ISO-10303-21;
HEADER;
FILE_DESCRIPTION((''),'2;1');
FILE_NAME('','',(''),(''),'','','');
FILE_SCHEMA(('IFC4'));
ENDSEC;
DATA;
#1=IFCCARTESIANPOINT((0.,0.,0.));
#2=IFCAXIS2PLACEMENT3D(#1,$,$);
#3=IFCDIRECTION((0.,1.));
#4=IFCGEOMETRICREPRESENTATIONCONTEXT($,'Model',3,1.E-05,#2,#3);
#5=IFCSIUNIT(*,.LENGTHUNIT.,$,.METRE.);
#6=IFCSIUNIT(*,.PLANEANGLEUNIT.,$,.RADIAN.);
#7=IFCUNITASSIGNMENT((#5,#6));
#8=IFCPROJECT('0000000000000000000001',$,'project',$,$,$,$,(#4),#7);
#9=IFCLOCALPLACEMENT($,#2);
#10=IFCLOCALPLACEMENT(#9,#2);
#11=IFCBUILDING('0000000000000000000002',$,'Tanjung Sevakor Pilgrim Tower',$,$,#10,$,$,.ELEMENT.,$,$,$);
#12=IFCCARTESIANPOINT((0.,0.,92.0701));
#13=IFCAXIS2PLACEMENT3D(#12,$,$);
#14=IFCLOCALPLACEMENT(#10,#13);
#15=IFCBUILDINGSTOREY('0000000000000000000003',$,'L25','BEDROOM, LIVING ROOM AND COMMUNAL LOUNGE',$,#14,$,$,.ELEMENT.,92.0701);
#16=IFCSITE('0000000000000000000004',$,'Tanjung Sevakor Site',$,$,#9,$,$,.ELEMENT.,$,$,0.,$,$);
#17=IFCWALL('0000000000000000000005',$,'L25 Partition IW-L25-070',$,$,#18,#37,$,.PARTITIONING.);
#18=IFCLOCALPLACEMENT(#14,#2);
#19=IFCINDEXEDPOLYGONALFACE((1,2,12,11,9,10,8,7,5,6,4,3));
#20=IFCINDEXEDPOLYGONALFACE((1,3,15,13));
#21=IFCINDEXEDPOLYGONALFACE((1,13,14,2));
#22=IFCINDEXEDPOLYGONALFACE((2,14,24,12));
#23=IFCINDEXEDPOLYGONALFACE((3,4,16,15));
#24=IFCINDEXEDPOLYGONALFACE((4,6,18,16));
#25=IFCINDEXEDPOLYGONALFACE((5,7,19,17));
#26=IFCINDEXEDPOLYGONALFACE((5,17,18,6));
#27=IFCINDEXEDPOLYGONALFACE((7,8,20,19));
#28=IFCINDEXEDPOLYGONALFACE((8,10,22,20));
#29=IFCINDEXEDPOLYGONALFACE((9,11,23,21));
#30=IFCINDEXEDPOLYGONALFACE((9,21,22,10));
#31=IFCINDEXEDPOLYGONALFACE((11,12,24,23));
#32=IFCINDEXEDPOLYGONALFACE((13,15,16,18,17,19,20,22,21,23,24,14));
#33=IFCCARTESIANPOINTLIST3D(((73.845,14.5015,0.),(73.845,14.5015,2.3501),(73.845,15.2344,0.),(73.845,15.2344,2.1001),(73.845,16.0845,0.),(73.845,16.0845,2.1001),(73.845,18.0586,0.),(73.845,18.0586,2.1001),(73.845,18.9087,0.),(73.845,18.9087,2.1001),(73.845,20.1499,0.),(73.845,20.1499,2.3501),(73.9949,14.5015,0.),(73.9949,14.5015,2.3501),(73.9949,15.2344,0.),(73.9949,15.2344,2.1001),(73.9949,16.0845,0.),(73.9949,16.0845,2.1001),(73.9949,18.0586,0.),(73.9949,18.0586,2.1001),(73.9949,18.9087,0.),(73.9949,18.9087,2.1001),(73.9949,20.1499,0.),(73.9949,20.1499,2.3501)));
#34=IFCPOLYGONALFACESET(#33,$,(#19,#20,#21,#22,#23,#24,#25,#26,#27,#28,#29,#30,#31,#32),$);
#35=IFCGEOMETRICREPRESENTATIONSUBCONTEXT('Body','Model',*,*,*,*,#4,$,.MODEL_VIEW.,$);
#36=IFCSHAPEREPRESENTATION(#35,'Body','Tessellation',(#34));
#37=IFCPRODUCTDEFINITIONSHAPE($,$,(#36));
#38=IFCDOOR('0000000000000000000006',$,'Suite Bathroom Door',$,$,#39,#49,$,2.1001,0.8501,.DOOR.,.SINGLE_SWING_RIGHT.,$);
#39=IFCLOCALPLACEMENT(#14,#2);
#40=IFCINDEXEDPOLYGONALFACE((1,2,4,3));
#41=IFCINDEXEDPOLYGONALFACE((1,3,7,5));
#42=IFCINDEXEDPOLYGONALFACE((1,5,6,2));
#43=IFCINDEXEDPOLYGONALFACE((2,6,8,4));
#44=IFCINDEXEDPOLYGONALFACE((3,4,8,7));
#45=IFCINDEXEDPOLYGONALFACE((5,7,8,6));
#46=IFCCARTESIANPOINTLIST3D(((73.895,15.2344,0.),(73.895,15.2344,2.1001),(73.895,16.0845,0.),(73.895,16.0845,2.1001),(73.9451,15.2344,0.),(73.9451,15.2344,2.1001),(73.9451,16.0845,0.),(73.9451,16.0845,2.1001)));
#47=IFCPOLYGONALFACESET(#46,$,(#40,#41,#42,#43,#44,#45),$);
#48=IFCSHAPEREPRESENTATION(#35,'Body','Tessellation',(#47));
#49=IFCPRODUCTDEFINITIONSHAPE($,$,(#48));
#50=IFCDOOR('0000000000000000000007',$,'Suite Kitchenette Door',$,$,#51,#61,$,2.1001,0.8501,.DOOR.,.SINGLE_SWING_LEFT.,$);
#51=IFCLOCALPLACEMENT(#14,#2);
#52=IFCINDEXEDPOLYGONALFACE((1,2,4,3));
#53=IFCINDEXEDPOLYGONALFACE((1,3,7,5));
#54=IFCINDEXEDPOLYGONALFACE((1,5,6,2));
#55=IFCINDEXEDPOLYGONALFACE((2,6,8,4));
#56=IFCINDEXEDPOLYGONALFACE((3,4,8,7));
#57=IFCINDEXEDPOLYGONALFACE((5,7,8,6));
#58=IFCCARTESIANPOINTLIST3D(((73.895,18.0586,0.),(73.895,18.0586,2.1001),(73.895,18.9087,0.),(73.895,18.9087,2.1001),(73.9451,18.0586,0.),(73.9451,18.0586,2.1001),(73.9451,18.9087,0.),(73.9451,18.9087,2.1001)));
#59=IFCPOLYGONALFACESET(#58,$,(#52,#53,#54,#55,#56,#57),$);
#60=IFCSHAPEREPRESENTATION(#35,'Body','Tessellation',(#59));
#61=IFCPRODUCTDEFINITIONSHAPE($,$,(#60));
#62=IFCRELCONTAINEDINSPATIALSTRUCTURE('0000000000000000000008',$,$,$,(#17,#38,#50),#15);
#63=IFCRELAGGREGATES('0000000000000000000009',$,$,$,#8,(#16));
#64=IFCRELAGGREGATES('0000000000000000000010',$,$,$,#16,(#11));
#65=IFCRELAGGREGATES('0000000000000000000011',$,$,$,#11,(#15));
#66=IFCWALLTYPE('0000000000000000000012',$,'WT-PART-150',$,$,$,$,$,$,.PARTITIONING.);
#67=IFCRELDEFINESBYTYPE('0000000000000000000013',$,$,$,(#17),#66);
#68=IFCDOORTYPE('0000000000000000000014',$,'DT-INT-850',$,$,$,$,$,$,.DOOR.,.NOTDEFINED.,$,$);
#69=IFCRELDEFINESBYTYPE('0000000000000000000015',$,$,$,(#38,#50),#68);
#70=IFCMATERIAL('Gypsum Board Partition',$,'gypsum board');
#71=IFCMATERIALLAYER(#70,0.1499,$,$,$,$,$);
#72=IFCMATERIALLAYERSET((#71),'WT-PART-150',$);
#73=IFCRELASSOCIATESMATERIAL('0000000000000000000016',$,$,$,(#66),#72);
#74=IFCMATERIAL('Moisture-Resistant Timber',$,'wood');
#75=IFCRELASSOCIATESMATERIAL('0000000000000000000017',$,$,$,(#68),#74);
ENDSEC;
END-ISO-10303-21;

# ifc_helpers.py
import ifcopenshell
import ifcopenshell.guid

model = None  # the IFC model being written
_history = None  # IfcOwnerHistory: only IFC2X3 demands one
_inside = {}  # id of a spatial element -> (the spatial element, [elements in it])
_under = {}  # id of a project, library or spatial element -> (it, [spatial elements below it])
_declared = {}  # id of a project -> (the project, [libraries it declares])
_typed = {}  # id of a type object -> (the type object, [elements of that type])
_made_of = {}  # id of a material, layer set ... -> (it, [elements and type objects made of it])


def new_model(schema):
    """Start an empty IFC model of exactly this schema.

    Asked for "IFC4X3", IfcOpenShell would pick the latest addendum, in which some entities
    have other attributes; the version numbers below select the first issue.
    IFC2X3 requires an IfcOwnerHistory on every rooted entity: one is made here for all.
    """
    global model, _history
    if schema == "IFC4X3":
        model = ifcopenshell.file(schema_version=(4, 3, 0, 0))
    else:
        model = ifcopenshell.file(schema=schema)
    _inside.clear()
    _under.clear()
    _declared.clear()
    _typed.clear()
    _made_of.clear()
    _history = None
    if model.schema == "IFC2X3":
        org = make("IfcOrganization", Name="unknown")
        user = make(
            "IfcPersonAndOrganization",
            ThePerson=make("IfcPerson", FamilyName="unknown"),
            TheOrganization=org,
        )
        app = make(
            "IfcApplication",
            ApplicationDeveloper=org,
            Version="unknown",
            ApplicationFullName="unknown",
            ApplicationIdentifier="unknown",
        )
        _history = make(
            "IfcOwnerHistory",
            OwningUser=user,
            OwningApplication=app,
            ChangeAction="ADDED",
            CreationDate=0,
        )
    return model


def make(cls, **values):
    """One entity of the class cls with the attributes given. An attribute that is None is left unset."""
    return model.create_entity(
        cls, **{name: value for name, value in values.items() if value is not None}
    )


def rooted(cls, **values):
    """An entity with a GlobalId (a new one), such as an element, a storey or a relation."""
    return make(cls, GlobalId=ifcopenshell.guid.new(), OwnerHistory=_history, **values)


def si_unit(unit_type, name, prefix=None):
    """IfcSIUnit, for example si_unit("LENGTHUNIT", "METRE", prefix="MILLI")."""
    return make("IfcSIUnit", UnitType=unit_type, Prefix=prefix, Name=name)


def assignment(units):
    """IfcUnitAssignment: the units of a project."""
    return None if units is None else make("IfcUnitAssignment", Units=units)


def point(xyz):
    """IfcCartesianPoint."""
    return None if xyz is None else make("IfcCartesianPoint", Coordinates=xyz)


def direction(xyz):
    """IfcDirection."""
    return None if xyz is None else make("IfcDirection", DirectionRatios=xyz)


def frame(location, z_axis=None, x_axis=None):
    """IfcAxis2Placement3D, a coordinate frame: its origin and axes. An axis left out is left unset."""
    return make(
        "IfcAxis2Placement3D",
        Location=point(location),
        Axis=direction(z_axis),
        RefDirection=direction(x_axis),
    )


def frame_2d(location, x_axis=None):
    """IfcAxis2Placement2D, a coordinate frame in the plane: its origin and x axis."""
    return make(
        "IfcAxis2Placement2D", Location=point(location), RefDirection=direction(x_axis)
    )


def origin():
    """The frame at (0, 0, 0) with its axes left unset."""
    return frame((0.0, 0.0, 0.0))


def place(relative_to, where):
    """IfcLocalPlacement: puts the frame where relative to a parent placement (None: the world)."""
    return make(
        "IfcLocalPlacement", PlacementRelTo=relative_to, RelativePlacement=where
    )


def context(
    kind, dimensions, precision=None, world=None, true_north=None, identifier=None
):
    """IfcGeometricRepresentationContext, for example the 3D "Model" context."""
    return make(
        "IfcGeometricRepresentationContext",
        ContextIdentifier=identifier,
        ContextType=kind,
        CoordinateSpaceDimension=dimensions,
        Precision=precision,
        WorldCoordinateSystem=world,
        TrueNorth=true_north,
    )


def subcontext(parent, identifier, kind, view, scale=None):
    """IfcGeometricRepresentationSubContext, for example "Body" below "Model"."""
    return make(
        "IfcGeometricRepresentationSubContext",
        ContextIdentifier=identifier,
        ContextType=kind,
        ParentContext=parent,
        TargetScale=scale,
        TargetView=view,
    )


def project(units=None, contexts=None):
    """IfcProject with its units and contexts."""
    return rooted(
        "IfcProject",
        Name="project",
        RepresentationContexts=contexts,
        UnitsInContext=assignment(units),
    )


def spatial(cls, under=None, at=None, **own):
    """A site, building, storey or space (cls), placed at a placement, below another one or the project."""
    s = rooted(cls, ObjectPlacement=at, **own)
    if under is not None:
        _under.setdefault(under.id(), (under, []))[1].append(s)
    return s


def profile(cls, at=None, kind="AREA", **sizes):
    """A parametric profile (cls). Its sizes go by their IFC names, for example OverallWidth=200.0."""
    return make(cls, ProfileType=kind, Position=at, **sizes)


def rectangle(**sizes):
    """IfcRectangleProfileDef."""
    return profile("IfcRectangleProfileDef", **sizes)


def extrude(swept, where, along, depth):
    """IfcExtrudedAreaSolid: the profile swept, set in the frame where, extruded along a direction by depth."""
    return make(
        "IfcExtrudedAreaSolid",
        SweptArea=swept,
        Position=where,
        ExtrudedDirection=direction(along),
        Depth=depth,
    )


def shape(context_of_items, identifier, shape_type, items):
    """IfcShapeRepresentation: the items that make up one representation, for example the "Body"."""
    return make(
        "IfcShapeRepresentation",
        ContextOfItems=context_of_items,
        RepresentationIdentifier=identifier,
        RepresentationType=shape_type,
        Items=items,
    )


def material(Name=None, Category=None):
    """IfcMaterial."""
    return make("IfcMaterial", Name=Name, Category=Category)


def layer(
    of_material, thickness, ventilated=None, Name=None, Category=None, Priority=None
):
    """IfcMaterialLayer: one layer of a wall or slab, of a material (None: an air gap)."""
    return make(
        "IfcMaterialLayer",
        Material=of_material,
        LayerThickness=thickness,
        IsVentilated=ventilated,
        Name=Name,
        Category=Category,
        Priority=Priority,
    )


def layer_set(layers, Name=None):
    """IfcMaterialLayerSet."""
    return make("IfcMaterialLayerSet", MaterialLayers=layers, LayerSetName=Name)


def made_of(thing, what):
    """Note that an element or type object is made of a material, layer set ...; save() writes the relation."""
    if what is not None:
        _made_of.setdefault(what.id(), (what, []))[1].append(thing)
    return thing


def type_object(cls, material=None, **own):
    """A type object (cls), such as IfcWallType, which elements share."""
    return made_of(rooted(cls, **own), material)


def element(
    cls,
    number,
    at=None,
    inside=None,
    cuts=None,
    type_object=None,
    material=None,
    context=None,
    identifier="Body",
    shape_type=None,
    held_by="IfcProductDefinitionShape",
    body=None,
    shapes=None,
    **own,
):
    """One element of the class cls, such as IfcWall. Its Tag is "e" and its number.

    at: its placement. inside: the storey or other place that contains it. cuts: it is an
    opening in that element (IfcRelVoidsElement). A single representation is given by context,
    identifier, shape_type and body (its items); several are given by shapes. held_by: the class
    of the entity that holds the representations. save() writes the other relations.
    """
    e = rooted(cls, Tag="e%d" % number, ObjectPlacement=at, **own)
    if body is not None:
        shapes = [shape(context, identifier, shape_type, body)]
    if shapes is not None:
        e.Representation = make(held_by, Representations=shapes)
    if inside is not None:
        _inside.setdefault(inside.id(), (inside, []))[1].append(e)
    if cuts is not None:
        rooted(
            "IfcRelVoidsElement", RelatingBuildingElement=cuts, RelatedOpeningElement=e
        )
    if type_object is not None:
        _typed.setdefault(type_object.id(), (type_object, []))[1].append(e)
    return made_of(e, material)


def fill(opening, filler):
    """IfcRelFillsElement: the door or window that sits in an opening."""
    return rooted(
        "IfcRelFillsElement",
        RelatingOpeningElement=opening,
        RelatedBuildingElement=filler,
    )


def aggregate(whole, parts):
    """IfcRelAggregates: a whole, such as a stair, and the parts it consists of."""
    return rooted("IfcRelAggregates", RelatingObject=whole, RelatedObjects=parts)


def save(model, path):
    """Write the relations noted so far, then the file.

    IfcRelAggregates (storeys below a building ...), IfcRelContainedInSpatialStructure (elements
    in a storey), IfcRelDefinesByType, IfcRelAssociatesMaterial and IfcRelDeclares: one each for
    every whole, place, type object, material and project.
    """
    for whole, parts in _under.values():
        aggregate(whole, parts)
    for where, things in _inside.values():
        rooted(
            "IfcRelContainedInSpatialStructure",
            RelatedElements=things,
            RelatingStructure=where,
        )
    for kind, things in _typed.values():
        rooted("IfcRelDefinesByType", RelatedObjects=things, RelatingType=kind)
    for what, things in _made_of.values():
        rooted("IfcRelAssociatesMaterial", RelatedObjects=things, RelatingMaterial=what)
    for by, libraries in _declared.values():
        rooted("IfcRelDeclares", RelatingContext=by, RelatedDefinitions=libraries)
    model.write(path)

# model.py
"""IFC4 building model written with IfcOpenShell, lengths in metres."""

from ifc_helpers import new_model, si_unit, direction, frame, frame_2d, origin, place, context, subcontext, project, spatial, rectangle, extrude, material, layer, layer_set, type_object, element, fill, save


model = new_model("IFC4")

# Units and contexts
model_context = context("Model", 3, precision=1e-05, world=origin(), true_north=direction((0.0, 1.0)))
body_context = subcontext(model_context, "Body", "Model", "MODEL_VIEW")
ifc_project = project(units=[si_unit("LENGTHUNIT", "METRE"), si_unit("PLANEANGLEUNIT", "RADIAN")], contexts=[model_context])

# Site, building, storey
site_placement = place(None, origin())
site = spatial("IfcSite", under=ifc_project, at=site_placement, Name="Tanjung Sevakor Site", CompositionType="ELEMENT", RefElevation=0.0)
building_placement = place(site_placement, origin())
building = spatial("IfcBuilding", under=site, at=building_placement, Name="Tanjung Sevakor Pilgrim Tower", CompositionType="ELEMENT")
storey_placement = place(building_placement, frame((0.0, 0.0, 92.0701)))
storey = spatial("IfcBuildingStorey", under=building, at=storey_placement, Name="L25", Description="BEDROOM, LIVING ROOM AND COMMUNAL LOUNGE", CompositionType="ELEMENT", Elevation=92.0701)

# Shared definitions
ifc_material_1 = material(Name="Gypsum Board Partition", Category="gypsum board")
ifc_layer_1 = layer(ifc_material_1, 0.1499)
ifc_layer_set_1 = layer_set([ifc_layer_1], Name="WT-PART-150")
wall_type_1 = type_object("IfcWallType", Name="WT-PART-150", PredefinedType="PARTITIONING", material=ifc_layer_set_1)

# Wall, openings, doors
wall_1_placement = place(storey_placement, frame((73.9199, 14.5015, 0.0), z_axis=(0.0, 0.0, 1.0), x_axis=(0.0, 1.0, 0.0)))
wall_1 = element("IfcWall", 1, at=wall_1_placement, inside=storey, type_object=wall_type_1, Name="L25 Partition IW-L25-070", PredefinedType="PARTITIONING", context=body_context, shape_type="SweptSolid", body=[
    extrude(rectangle(XDim=5.6484, YDim=0.1499, at=frame_2d((2.8242, 0.0))), origin(), (0.0, 0.0, 1.0), 2.3501),
])
opening_1_placement = place(wall_1_placement, frame((0.7329, 0.0, 0.0)))
opening_1 = element("IfcOpeningElement", 2, at=opening_1_placement, cuts=wall_1, PredefinedType="OPENING", context=body_context, shape_type="SweptSolid", body=[
    extrude(rectangle(XDim=0.8501, YDim=2.1001, at=frame_2d((0.425, 1.05))), frame((0.0, 0.085, 0.0), z_axis=(0.0, -1.0, 0.0), x_axis=(1.0, 0.0, 0.0)), (0.0, 0.0, 1.0), 0.1699),
])
opening_2_placement = place(wall_1_placement, frame((3.5571, 0.0, 0.0)))
opening_2 = element("IfcOpeningElement", 3, at=opening_2_placement, cuts=wall_1, PredefinedType="OPENING", context=body_context, shape_type="SweptSolid", body=[
    extrude(rectangle(XDim=0.8501, YDim=2.1001, at=frame_2d((0.425, 1.05))), frame((0.0, 0.085, 0.0), z_axis=(0.0, -1.0, 0.0), x_axis=(1.0, 0.0, 0.0)), (0.0, 0.0, 1.0), 0.1699),
])
ifc_material_2 = material(Name="Moisture-Resistant Timber", Category="wood")
door_type_1 = type_object("IfcDoorType", Name="DT-INT-850", OperationType="NOTDEFINED", PredefinedType="DOOR", material=ifc_material_2)
door_1_placement = place(opening_1_placement, origin())
door_1 = element("IfcDoor", 4, at=door_1_placement, inside=storey, type_object=door_type_1, Name="Suite Bathroom Door", OperationType="SINGLE_SWING_RIGHT", OverallHeight=2.1001, OverallWidth=0.8501, PredefinedType="DOOR", context=body_context, shape_type="SweptSolid", body=[
    extrude(rectangle(XDim=0.8501, YDim=2.1001, at=frame_2d((0.425, 1.05))), frame((0.0, 0.0249, 0.0), z_axis=(0.0, -1.0, 0.0), x_axis=(1.0, 0.0, 0.0)), (0.0, 0.0, 1.0), 0.05),
])
fill(opening_1, door_1)
door_2_placement = place(opening_2_placement, origin())
door_2 = element("IfcDoor", 5, at=door_2_placement, inside=storey, type_object=door_type_1, Name="Suite Kitchenette Door", OperationType="SINGLE_SWING_LEFT", OverallHeight=2.1001, OverallWidth=0.8501, PredefinedType="DOOR", context=body_context, shape_type="SweptSolid", body=[
    extrude(rectangle(XDim=0.8501, YDim=2.1001, at=frame_2d((0.425, 1.05))), frame((0.0, 0.0249, 0.0), z_axis=(0.0, -1.0, 0.0), x_axis=(1.0, 0.0, 0.0)), (0.0, 0.0, 1.0), 0.05),
])
fill(opening_2, door_2)

save(model, "model.ifc")
